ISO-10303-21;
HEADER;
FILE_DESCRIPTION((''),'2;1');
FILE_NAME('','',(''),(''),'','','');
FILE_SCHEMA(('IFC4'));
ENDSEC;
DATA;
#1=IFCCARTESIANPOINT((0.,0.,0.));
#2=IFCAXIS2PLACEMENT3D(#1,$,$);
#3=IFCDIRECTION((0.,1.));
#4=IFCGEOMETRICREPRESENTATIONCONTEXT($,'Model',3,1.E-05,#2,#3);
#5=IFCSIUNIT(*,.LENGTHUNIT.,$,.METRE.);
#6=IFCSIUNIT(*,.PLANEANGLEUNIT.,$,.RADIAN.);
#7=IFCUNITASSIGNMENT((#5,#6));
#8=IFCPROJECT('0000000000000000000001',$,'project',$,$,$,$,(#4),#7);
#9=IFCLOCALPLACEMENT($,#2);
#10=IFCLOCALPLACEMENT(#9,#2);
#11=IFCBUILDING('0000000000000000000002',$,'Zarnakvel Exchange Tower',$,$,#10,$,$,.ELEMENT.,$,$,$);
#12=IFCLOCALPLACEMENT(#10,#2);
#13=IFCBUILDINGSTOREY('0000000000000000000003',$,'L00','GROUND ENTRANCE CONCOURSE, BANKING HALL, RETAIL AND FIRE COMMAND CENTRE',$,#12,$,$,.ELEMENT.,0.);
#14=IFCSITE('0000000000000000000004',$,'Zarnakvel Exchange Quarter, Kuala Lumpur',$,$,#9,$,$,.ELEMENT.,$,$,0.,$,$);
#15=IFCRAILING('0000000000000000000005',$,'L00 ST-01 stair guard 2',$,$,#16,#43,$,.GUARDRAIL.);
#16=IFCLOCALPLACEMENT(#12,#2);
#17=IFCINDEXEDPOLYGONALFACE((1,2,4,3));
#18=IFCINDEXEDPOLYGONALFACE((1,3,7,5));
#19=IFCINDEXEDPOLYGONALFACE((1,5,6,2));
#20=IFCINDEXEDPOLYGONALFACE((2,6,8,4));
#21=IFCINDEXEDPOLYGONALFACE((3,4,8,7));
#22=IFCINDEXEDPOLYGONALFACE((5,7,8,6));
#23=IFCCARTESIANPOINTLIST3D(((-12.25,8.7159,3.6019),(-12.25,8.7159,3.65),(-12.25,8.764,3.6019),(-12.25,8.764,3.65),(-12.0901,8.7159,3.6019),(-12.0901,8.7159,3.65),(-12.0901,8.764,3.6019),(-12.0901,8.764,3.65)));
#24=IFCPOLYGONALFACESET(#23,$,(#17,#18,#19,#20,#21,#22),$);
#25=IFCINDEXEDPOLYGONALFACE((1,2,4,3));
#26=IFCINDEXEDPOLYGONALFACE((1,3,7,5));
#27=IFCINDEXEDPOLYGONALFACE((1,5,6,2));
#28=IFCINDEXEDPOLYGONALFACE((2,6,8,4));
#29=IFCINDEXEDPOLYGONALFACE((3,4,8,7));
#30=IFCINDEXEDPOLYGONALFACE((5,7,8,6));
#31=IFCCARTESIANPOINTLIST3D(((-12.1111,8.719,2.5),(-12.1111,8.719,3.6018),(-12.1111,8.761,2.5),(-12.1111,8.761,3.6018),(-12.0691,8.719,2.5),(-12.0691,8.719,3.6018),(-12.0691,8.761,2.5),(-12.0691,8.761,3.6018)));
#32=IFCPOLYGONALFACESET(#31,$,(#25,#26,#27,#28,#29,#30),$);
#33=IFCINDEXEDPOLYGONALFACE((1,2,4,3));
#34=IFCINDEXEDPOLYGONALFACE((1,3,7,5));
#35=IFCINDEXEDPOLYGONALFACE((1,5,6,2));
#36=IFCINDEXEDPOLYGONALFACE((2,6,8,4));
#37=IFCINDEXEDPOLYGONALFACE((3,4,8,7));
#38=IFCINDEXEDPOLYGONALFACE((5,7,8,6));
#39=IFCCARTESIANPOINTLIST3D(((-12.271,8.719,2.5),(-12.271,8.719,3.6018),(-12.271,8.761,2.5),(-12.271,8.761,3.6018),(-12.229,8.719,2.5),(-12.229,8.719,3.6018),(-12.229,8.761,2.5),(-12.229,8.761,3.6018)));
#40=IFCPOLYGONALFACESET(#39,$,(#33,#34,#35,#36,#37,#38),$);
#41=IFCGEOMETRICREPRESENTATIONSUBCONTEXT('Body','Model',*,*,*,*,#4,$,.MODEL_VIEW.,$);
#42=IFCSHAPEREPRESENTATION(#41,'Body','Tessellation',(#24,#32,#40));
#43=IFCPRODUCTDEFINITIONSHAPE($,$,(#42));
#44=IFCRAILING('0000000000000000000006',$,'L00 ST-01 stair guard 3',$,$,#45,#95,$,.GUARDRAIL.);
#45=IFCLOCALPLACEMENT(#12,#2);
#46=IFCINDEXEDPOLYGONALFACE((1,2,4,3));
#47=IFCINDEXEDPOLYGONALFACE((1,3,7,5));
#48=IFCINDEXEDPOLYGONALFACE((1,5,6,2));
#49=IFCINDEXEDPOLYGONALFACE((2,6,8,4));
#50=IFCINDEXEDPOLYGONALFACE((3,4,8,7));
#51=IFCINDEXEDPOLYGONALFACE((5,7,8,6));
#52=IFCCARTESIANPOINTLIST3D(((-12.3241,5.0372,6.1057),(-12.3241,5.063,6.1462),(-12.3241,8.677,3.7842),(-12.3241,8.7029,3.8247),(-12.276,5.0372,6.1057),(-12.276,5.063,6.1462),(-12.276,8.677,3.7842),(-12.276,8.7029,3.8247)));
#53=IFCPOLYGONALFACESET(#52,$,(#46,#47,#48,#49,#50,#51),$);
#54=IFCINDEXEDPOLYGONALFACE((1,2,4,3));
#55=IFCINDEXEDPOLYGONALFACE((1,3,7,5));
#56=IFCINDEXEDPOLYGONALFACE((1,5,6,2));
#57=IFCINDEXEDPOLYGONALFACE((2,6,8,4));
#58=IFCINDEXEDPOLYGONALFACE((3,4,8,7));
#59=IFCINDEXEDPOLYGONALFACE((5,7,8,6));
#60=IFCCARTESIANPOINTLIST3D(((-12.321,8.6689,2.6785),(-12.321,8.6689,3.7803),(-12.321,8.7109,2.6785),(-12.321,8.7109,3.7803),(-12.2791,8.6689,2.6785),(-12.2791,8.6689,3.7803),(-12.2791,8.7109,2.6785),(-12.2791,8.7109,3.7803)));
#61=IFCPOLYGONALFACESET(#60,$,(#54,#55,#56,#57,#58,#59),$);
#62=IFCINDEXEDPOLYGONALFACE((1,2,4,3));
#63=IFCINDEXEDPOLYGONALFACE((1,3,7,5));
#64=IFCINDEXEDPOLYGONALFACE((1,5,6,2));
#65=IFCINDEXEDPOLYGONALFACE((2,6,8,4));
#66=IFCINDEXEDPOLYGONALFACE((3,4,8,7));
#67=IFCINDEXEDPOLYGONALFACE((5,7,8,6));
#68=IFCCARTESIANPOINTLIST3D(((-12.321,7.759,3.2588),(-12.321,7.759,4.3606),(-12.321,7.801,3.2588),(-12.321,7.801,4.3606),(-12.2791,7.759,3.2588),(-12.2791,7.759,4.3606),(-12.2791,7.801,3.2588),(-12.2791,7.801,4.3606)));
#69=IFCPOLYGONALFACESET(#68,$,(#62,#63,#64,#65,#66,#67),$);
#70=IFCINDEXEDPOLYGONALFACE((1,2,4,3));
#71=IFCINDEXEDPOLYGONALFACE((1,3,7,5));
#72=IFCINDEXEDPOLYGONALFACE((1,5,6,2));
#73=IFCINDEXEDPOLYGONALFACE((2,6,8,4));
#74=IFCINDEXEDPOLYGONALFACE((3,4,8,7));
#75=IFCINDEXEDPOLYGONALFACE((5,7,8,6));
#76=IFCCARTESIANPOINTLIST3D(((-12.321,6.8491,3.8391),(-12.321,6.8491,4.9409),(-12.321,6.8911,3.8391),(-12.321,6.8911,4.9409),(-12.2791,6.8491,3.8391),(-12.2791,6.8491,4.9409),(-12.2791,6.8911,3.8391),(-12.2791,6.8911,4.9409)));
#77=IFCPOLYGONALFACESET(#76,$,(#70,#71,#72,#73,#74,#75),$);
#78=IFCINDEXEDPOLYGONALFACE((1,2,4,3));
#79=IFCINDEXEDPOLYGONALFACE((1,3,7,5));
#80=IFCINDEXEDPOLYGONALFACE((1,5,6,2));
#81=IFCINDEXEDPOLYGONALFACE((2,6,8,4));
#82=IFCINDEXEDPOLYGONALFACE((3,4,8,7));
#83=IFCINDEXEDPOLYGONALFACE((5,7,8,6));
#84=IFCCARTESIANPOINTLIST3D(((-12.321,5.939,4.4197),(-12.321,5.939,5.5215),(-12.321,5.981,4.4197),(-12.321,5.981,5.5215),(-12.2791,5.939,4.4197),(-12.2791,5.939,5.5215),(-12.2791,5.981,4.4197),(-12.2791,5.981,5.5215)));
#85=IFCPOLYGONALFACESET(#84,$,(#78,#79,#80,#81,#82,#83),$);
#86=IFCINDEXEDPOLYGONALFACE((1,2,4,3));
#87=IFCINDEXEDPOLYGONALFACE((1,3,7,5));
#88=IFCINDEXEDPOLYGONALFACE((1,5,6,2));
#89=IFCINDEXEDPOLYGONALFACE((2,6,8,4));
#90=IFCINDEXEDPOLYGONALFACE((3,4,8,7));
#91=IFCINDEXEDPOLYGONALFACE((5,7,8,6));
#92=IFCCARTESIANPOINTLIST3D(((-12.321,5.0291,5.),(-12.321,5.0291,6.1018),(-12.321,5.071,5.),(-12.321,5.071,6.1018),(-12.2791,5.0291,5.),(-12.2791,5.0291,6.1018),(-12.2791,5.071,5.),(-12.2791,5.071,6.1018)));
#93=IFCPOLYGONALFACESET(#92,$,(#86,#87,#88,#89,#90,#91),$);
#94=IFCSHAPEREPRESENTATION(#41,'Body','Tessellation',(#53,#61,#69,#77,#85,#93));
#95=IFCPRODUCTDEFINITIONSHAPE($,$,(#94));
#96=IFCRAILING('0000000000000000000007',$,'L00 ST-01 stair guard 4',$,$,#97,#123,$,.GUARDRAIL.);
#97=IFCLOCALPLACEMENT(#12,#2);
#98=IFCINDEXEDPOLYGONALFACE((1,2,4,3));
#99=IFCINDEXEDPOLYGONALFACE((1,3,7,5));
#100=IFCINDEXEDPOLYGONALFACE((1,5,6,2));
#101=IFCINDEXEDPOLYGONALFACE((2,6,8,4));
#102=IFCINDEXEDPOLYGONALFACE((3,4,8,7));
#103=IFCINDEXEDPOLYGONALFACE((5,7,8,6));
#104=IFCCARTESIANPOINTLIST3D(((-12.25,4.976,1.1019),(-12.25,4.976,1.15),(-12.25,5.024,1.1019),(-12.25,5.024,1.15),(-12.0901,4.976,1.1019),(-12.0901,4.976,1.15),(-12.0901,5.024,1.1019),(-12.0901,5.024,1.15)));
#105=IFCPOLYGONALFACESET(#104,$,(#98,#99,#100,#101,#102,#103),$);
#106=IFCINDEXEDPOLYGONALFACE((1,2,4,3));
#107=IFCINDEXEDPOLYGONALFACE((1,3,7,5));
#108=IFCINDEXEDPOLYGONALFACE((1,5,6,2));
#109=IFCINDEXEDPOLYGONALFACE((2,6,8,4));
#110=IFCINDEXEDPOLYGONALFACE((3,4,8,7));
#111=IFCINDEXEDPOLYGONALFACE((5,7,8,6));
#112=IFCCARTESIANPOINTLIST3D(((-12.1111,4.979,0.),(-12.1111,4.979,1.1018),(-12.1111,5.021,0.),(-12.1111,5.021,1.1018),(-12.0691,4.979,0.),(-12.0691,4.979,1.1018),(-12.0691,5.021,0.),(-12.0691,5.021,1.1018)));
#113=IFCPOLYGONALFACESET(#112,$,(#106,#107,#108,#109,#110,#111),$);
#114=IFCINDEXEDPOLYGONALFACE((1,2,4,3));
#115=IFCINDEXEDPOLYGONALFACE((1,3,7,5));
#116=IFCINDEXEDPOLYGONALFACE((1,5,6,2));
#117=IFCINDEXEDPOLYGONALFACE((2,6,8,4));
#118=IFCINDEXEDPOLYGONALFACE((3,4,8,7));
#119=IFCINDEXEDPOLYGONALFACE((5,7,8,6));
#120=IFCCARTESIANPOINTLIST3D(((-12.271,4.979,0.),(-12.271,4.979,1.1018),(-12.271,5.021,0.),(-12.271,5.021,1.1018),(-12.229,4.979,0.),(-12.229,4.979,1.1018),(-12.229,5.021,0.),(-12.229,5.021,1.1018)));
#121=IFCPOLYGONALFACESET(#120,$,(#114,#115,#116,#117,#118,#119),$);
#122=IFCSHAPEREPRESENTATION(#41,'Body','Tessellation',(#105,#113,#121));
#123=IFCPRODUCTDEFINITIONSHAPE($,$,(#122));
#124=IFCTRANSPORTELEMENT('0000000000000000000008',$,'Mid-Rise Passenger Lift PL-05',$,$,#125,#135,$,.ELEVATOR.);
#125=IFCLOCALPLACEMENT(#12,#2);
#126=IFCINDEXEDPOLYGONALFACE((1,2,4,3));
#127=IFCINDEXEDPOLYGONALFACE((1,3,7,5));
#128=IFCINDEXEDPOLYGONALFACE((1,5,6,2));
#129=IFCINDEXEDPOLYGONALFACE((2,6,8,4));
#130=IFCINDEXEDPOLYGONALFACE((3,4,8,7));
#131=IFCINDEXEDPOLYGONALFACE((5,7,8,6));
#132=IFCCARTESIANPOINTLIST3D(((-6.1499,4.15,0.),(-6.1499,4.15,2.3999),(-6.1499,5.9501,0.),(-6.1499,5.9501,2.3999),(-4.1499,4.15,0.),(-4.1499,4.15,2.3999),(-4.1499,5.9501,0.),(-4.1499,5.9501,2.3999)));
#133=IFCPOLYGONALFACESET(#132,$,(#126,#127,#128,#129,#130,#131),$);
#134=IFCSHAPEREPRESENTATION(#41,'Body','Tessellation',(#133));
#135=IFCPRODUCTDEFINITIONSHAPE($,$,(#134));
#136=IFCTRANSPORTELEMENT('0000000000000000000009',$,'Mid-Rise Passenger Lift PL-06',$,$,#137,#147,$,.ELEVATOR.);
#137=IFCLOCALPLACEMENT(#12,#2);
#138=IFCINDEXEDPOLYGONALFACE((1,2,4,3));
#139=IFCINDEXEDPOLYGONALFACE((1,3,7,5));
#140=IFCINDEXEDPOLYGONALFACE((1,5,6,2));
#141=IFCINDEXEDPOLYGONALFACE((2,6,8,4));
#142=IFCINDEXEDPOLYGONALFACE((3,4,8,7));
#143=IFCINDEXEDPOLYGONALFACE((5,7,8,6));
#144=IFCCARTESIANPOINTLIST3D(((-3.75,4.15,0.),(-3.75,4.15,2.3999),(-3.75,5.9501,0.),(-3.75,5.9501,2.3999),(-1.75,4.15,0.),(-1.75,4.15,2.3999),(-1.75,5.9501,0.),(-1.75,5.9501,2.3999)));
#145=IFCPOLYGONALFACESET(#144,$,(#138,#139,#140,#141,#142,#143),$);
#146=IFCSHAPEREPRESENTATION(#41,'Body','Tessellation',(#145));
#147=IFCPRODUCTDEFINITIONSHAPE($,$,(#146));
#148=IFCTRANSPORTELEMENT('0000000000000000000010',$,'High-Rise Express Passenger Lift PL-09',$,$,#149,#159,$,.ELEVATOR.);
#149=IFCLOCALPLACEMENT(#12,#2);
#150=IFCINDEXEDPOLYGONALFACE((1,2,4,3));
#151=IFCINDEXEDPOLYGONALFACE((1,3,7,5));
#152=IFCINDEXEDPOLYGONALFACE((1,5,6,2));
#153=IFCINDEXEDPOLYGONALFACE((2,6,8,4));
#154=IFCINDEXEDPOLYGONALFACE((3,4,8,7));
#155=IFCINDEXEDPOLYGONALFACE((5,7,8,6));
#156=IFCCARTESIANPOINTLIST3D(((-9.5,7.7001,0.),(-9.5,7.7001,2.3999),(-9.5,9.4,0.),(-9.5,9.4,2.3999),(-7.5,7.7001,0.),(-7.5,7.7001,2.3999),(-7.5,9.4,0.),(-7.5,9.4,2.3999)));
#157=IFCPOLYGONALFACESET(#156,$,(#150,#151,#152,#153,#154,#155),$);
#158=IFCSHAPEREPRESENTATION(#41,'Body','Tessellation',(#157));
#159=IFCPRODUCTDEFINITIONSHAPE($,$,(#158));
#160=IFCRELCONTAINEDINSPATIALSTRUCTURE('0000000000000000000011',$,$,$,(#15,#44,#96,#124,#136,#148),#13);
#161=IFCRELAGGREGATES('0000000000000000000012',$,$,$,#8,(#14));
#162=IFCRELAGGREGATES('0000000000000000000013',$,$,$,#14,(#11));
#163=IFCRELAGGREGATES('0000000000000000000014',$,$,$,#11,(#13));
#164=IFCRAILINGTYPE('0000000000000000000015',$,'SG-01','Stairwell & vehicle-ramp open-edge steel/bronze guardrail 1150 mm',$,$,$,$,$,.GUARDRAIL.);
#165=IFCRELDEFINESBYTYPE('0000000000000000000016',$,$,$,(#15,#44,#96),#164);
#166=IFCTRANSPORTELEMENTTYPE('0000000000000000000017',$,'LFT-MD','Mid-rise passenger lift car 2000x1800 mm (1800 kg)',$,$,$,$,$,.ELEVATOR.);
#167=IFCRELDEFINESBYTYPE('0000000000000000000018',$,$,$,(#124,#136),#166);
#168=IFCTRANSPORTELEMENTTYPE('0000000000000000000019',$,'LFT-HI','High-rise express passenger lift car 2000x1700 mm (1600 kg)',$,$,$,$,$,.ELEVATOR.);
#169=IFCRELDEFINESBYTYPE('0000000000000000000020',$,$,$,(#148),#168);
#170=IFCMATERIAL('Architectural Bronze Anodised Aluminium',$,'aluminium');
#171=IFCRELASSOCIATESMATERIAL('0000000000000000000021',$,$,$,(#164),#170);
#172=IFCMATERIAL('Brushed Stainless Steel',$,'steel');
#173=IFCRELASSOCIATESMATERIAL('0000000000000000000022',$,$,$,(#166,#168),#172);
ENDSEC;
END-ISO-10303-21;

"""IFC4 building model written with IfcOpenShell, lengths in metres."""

from ifc_helpers import new_model, si_unit, direction, frame, origin, origin_2d, place, context, subcontext, project, spatial, rectangle, extrude, source, transform, mapped, material, type_object, element, save


model = new_model("IFC4")

# Units and contexts
model_context = context("Model", 3, precision=1e-05, world=origin(), true_north=direction((0.0, 1.0)))
body_context = subcontext(model_context, "Body", "Model", "MODEL_VIEW")
ifc_project = project(units=[si_unit("LENGTHUNIT", "METRE"), si_unit("PLANEANGLEUNIT", "RADIAN")], contexts=[model_context])

# Site, building, storey
site_placement = place(None, origin())
site = spatial("IfcSite", under=ifc_project, at=site_placement, Name="Zarnakvel Exchange Quarter, Kuala Lumpur", CompositionType="ELEMENT", RefElevation=0.0)
building_placement = place(site_placement, origin())
building = spatial("IfcBuilding", under=site, at=building_placement, Name="Zarnakvel Exchange Tower", CompositionType="ELEMENT")
storey_placement = place(building_placement, origin())
storey = spatial("IfcBuildingStorey", under=building, at=storey_placement, Name="L00", Description="GROUND ENTRANCE CONCOURSE, BANKING HALL, RETAIL AND FIRE COMMAND CENTRE", CompositionType="ELEMENT", Elevation=0.0)

# Shared definitions
ifc_material_1 = material(Name="Brushed Stainless Steel", Category="steel")

# Shared definitions
ifc_material_2 = material(Name="Architectural Bronze Anodised Aluminium", Category="aluminium")

# Railings
railing_type_1 = type_object("IfcRailingType", Name="SG-01", Description="Stairwell & vehicle-ramp open-edge steel/bronze guardrail 1150 mm", PredefinedType="GUARDRAIL", material=ifc_material_2)
railing_1_placement = place(storey_placement, frame((-12.0901, 8.74, 2.5)))
element("IfcRailing", 1, at=railing_1_placement, inside=storey, type_object=railing_type_1, Name="L00 ST-01 stair guard 2", PredefinedType="GUARDRAIL", context=body_context, shape_type="SweptSolid", body=[
    extrude(rectangle(XDim=0.0481, YDim=0.0481, at=origin_2d()), frame((0.0, 0.0, 1.126), z_axis=(-1.0, 0.0, 0.0), x_axis=(0.0, -1.0, 0.0)), (0.0, 0.0, 1.0), 0.1599),
    extrude(rectangle(XDim=0.042, YDim=0.042, at=origin_2d()), origin(), (0.0, 0.0, 1.0), 1.1018),
    extrude(rectangle(XDim=0.042, YDim=0.042, at=origin_2d()), frame((-0.1599, 0.0, 0.0)), (0.0, 0.0, 1.0), 1.1018),
])
railing_2_placement = place(storey_placement, frame((-12.3, 8.6899, 2.6785)))
element("IfcRailing", 2, at=railing_2_placement, inside=storey, type_object=railing_type_1, Name="L00 ST-01 stair guard 3", PredefinedType="GUARDRAIL", context=body_context, shape_type="SweptSolid", body=[
    extrude(rectangle(XDim=0.0481, YDim=0.0481, at=origin_2d()), frame((0.0, 0.0, 1.126), z_axis=(0.0, -0.843112, 0.537739), x_axis=(1.0, 0.0, 0.0)), (0.0, 0.0, 1.0), 4.3171),
    extrude(rectangle(XDim=0.042, YDim=0.042, at=origin_2d()), origin(), (0.0, 0.0, 1.0), 1.1018),
    extrude(rectangle(XDim=0.042, YDim=0.042, at=origin_2d()), frame((0.0, -0.9099, 0.5803)), (0.0, 0.0, 1.0), 1.1018),
    extrude(rectangle(XDim=0.042, YDim=0.042, at=origin_2d()), frame((0.0, -1.8198, 1.1606)), (0.0, 0.0, 1.0), 1.1018),
    extrude(rectangle(XDim=0.042, YDim=0.042, at=origin_2d()), frame((0.0, -2.73, 1.7412)), (0.0, 0.0, 1.0), 1.1018),
    extrude(rectangle(XDim=0.042, YDim=0.042, at=origin_2d()), frame((0.0, -3.6399, 2.3215)), (0.0, 0.0, 1.0), 1.1018),
])
railing_3_placement = place(storey_placement, frame((-12.0901, 5.0, 0.0)))
element("IfcRailing", 3, at=railing_3_placement, inside=storey, type_object=railing_type_1, Name="L00 ST-01 stair guard 4", PredefinedType="GUARDRAIL", context=body_context, shape_type="SweptSolid", body=[
    extrude(rectangle(XDim=0.0481, YDim=0.0481, at=origin_2d()), frame((0.0, 0.0, 1.126), z_axis=(-1.0, 0.0, 0.0), x_axis=(0.0, -1.0, 0.0)), (0.0, 0.0, 1.0), 0.1599),
    extrude(rectangle(XDim=0.042, YDim=0.042, at=origin_2d()), origin(), (0.0, 0.0, 1.0), 1.1018),
    extrude(rectangle(XDim=0.042, YDim=0.042, at=origin_2d()), frame((-0.1599, 0.0, 0.0)), (0.0, 0.0, 1.0), 1.1018),
])

# Transport elements
transport_element_type_1 = type_object("IfcTransportElementType", Name="LFT-MD", Description="Mid-rise passenger lift car 2000x1800 mm (1800 kg)", PredefinedType="ELEVATOR", material=ifc_material_1)
shared_shape_1 = source(origin(), body_context, "Body", "SweptSolid", [
    extrude(rectangle(XDim=2.0, YDim=1.8, at=origin_2d()), origin(), (0.0, 0.0, 1.0), 2.3999),
])
for number, where, z_axis, x_axis, name in (
    (4, (-5.1499, 5.05, 0.0), (0.0, 0.0, 1.0), (1.0, 0.0, 0.0), "Mid-Rise Passenger Lift PL-05"),
    (5, (-2.75, 5.05, 0.0), (0.0, 0.0, 1.0), (1.0, 0.0, 0.0), "Mid-Rise Passenger Lift PL-06"),
):
    element("IfcTransportElement", number, at=place(storey_placement, frame(where, z_axis=z_axis, x_axis=x_axis)), inside=storey, type_object=transport_element_type_1, Name=name, PredefinedType="ELEVATOR", context=body_context, shape_type="MappedRepresentation", body=[
        mapped(shared_shape_1, transform((0.0, 0.0, 0.0), x_axis=(1.0, 0.0, 0.0), y_axis=(0.0, 1.0, 0.0), z_axis=(0.0, 0.0, 1.0), scale=1.0)),
    ])
transport_element_type_2 = type_object("IfcTransportElementType", Name="LFT-HI", Description="High-rise express passenger lift car 2000x1700 mm (1600 kg)", PredefinedType="ELEVATOR", material=ifc_material_1)
shared_shape_2 = source(origin(), body_context, "Body", "SweptSolid", [
    extrude(rectangle(XDim=2.0, YDim=1.7, at=origin_2d()), origin(), (0.0, 0.0, 1.0), 2.3999),
])
transport_element_placement = place(storey_placement, frame((-8.5, 8.55, 0.0), z_axis=(0.0, 0.0, 1.0), x_axis=(1.0, 0.0, 0.0)))
element("IfcTransportElement", 6, at=transport_element_placement, inside=storey, type_object=transport_element_type_2, Name="High-Rise Express Passenger Lift PL-09", PredefinedType="ELEVATOR", context=body_context, shape_type="MappedRepresentation", body=[
    mapped(shared_shape_2, transform((0.0, 0.0, 0.0), x_axis=(1.0, 0.0, 0.0), y_axis=(0.0, 1.0, 0.0), z_axis=(0.0, 0.0, 1.0), scale=1.0)),
])

save(model, "model.ifc")
